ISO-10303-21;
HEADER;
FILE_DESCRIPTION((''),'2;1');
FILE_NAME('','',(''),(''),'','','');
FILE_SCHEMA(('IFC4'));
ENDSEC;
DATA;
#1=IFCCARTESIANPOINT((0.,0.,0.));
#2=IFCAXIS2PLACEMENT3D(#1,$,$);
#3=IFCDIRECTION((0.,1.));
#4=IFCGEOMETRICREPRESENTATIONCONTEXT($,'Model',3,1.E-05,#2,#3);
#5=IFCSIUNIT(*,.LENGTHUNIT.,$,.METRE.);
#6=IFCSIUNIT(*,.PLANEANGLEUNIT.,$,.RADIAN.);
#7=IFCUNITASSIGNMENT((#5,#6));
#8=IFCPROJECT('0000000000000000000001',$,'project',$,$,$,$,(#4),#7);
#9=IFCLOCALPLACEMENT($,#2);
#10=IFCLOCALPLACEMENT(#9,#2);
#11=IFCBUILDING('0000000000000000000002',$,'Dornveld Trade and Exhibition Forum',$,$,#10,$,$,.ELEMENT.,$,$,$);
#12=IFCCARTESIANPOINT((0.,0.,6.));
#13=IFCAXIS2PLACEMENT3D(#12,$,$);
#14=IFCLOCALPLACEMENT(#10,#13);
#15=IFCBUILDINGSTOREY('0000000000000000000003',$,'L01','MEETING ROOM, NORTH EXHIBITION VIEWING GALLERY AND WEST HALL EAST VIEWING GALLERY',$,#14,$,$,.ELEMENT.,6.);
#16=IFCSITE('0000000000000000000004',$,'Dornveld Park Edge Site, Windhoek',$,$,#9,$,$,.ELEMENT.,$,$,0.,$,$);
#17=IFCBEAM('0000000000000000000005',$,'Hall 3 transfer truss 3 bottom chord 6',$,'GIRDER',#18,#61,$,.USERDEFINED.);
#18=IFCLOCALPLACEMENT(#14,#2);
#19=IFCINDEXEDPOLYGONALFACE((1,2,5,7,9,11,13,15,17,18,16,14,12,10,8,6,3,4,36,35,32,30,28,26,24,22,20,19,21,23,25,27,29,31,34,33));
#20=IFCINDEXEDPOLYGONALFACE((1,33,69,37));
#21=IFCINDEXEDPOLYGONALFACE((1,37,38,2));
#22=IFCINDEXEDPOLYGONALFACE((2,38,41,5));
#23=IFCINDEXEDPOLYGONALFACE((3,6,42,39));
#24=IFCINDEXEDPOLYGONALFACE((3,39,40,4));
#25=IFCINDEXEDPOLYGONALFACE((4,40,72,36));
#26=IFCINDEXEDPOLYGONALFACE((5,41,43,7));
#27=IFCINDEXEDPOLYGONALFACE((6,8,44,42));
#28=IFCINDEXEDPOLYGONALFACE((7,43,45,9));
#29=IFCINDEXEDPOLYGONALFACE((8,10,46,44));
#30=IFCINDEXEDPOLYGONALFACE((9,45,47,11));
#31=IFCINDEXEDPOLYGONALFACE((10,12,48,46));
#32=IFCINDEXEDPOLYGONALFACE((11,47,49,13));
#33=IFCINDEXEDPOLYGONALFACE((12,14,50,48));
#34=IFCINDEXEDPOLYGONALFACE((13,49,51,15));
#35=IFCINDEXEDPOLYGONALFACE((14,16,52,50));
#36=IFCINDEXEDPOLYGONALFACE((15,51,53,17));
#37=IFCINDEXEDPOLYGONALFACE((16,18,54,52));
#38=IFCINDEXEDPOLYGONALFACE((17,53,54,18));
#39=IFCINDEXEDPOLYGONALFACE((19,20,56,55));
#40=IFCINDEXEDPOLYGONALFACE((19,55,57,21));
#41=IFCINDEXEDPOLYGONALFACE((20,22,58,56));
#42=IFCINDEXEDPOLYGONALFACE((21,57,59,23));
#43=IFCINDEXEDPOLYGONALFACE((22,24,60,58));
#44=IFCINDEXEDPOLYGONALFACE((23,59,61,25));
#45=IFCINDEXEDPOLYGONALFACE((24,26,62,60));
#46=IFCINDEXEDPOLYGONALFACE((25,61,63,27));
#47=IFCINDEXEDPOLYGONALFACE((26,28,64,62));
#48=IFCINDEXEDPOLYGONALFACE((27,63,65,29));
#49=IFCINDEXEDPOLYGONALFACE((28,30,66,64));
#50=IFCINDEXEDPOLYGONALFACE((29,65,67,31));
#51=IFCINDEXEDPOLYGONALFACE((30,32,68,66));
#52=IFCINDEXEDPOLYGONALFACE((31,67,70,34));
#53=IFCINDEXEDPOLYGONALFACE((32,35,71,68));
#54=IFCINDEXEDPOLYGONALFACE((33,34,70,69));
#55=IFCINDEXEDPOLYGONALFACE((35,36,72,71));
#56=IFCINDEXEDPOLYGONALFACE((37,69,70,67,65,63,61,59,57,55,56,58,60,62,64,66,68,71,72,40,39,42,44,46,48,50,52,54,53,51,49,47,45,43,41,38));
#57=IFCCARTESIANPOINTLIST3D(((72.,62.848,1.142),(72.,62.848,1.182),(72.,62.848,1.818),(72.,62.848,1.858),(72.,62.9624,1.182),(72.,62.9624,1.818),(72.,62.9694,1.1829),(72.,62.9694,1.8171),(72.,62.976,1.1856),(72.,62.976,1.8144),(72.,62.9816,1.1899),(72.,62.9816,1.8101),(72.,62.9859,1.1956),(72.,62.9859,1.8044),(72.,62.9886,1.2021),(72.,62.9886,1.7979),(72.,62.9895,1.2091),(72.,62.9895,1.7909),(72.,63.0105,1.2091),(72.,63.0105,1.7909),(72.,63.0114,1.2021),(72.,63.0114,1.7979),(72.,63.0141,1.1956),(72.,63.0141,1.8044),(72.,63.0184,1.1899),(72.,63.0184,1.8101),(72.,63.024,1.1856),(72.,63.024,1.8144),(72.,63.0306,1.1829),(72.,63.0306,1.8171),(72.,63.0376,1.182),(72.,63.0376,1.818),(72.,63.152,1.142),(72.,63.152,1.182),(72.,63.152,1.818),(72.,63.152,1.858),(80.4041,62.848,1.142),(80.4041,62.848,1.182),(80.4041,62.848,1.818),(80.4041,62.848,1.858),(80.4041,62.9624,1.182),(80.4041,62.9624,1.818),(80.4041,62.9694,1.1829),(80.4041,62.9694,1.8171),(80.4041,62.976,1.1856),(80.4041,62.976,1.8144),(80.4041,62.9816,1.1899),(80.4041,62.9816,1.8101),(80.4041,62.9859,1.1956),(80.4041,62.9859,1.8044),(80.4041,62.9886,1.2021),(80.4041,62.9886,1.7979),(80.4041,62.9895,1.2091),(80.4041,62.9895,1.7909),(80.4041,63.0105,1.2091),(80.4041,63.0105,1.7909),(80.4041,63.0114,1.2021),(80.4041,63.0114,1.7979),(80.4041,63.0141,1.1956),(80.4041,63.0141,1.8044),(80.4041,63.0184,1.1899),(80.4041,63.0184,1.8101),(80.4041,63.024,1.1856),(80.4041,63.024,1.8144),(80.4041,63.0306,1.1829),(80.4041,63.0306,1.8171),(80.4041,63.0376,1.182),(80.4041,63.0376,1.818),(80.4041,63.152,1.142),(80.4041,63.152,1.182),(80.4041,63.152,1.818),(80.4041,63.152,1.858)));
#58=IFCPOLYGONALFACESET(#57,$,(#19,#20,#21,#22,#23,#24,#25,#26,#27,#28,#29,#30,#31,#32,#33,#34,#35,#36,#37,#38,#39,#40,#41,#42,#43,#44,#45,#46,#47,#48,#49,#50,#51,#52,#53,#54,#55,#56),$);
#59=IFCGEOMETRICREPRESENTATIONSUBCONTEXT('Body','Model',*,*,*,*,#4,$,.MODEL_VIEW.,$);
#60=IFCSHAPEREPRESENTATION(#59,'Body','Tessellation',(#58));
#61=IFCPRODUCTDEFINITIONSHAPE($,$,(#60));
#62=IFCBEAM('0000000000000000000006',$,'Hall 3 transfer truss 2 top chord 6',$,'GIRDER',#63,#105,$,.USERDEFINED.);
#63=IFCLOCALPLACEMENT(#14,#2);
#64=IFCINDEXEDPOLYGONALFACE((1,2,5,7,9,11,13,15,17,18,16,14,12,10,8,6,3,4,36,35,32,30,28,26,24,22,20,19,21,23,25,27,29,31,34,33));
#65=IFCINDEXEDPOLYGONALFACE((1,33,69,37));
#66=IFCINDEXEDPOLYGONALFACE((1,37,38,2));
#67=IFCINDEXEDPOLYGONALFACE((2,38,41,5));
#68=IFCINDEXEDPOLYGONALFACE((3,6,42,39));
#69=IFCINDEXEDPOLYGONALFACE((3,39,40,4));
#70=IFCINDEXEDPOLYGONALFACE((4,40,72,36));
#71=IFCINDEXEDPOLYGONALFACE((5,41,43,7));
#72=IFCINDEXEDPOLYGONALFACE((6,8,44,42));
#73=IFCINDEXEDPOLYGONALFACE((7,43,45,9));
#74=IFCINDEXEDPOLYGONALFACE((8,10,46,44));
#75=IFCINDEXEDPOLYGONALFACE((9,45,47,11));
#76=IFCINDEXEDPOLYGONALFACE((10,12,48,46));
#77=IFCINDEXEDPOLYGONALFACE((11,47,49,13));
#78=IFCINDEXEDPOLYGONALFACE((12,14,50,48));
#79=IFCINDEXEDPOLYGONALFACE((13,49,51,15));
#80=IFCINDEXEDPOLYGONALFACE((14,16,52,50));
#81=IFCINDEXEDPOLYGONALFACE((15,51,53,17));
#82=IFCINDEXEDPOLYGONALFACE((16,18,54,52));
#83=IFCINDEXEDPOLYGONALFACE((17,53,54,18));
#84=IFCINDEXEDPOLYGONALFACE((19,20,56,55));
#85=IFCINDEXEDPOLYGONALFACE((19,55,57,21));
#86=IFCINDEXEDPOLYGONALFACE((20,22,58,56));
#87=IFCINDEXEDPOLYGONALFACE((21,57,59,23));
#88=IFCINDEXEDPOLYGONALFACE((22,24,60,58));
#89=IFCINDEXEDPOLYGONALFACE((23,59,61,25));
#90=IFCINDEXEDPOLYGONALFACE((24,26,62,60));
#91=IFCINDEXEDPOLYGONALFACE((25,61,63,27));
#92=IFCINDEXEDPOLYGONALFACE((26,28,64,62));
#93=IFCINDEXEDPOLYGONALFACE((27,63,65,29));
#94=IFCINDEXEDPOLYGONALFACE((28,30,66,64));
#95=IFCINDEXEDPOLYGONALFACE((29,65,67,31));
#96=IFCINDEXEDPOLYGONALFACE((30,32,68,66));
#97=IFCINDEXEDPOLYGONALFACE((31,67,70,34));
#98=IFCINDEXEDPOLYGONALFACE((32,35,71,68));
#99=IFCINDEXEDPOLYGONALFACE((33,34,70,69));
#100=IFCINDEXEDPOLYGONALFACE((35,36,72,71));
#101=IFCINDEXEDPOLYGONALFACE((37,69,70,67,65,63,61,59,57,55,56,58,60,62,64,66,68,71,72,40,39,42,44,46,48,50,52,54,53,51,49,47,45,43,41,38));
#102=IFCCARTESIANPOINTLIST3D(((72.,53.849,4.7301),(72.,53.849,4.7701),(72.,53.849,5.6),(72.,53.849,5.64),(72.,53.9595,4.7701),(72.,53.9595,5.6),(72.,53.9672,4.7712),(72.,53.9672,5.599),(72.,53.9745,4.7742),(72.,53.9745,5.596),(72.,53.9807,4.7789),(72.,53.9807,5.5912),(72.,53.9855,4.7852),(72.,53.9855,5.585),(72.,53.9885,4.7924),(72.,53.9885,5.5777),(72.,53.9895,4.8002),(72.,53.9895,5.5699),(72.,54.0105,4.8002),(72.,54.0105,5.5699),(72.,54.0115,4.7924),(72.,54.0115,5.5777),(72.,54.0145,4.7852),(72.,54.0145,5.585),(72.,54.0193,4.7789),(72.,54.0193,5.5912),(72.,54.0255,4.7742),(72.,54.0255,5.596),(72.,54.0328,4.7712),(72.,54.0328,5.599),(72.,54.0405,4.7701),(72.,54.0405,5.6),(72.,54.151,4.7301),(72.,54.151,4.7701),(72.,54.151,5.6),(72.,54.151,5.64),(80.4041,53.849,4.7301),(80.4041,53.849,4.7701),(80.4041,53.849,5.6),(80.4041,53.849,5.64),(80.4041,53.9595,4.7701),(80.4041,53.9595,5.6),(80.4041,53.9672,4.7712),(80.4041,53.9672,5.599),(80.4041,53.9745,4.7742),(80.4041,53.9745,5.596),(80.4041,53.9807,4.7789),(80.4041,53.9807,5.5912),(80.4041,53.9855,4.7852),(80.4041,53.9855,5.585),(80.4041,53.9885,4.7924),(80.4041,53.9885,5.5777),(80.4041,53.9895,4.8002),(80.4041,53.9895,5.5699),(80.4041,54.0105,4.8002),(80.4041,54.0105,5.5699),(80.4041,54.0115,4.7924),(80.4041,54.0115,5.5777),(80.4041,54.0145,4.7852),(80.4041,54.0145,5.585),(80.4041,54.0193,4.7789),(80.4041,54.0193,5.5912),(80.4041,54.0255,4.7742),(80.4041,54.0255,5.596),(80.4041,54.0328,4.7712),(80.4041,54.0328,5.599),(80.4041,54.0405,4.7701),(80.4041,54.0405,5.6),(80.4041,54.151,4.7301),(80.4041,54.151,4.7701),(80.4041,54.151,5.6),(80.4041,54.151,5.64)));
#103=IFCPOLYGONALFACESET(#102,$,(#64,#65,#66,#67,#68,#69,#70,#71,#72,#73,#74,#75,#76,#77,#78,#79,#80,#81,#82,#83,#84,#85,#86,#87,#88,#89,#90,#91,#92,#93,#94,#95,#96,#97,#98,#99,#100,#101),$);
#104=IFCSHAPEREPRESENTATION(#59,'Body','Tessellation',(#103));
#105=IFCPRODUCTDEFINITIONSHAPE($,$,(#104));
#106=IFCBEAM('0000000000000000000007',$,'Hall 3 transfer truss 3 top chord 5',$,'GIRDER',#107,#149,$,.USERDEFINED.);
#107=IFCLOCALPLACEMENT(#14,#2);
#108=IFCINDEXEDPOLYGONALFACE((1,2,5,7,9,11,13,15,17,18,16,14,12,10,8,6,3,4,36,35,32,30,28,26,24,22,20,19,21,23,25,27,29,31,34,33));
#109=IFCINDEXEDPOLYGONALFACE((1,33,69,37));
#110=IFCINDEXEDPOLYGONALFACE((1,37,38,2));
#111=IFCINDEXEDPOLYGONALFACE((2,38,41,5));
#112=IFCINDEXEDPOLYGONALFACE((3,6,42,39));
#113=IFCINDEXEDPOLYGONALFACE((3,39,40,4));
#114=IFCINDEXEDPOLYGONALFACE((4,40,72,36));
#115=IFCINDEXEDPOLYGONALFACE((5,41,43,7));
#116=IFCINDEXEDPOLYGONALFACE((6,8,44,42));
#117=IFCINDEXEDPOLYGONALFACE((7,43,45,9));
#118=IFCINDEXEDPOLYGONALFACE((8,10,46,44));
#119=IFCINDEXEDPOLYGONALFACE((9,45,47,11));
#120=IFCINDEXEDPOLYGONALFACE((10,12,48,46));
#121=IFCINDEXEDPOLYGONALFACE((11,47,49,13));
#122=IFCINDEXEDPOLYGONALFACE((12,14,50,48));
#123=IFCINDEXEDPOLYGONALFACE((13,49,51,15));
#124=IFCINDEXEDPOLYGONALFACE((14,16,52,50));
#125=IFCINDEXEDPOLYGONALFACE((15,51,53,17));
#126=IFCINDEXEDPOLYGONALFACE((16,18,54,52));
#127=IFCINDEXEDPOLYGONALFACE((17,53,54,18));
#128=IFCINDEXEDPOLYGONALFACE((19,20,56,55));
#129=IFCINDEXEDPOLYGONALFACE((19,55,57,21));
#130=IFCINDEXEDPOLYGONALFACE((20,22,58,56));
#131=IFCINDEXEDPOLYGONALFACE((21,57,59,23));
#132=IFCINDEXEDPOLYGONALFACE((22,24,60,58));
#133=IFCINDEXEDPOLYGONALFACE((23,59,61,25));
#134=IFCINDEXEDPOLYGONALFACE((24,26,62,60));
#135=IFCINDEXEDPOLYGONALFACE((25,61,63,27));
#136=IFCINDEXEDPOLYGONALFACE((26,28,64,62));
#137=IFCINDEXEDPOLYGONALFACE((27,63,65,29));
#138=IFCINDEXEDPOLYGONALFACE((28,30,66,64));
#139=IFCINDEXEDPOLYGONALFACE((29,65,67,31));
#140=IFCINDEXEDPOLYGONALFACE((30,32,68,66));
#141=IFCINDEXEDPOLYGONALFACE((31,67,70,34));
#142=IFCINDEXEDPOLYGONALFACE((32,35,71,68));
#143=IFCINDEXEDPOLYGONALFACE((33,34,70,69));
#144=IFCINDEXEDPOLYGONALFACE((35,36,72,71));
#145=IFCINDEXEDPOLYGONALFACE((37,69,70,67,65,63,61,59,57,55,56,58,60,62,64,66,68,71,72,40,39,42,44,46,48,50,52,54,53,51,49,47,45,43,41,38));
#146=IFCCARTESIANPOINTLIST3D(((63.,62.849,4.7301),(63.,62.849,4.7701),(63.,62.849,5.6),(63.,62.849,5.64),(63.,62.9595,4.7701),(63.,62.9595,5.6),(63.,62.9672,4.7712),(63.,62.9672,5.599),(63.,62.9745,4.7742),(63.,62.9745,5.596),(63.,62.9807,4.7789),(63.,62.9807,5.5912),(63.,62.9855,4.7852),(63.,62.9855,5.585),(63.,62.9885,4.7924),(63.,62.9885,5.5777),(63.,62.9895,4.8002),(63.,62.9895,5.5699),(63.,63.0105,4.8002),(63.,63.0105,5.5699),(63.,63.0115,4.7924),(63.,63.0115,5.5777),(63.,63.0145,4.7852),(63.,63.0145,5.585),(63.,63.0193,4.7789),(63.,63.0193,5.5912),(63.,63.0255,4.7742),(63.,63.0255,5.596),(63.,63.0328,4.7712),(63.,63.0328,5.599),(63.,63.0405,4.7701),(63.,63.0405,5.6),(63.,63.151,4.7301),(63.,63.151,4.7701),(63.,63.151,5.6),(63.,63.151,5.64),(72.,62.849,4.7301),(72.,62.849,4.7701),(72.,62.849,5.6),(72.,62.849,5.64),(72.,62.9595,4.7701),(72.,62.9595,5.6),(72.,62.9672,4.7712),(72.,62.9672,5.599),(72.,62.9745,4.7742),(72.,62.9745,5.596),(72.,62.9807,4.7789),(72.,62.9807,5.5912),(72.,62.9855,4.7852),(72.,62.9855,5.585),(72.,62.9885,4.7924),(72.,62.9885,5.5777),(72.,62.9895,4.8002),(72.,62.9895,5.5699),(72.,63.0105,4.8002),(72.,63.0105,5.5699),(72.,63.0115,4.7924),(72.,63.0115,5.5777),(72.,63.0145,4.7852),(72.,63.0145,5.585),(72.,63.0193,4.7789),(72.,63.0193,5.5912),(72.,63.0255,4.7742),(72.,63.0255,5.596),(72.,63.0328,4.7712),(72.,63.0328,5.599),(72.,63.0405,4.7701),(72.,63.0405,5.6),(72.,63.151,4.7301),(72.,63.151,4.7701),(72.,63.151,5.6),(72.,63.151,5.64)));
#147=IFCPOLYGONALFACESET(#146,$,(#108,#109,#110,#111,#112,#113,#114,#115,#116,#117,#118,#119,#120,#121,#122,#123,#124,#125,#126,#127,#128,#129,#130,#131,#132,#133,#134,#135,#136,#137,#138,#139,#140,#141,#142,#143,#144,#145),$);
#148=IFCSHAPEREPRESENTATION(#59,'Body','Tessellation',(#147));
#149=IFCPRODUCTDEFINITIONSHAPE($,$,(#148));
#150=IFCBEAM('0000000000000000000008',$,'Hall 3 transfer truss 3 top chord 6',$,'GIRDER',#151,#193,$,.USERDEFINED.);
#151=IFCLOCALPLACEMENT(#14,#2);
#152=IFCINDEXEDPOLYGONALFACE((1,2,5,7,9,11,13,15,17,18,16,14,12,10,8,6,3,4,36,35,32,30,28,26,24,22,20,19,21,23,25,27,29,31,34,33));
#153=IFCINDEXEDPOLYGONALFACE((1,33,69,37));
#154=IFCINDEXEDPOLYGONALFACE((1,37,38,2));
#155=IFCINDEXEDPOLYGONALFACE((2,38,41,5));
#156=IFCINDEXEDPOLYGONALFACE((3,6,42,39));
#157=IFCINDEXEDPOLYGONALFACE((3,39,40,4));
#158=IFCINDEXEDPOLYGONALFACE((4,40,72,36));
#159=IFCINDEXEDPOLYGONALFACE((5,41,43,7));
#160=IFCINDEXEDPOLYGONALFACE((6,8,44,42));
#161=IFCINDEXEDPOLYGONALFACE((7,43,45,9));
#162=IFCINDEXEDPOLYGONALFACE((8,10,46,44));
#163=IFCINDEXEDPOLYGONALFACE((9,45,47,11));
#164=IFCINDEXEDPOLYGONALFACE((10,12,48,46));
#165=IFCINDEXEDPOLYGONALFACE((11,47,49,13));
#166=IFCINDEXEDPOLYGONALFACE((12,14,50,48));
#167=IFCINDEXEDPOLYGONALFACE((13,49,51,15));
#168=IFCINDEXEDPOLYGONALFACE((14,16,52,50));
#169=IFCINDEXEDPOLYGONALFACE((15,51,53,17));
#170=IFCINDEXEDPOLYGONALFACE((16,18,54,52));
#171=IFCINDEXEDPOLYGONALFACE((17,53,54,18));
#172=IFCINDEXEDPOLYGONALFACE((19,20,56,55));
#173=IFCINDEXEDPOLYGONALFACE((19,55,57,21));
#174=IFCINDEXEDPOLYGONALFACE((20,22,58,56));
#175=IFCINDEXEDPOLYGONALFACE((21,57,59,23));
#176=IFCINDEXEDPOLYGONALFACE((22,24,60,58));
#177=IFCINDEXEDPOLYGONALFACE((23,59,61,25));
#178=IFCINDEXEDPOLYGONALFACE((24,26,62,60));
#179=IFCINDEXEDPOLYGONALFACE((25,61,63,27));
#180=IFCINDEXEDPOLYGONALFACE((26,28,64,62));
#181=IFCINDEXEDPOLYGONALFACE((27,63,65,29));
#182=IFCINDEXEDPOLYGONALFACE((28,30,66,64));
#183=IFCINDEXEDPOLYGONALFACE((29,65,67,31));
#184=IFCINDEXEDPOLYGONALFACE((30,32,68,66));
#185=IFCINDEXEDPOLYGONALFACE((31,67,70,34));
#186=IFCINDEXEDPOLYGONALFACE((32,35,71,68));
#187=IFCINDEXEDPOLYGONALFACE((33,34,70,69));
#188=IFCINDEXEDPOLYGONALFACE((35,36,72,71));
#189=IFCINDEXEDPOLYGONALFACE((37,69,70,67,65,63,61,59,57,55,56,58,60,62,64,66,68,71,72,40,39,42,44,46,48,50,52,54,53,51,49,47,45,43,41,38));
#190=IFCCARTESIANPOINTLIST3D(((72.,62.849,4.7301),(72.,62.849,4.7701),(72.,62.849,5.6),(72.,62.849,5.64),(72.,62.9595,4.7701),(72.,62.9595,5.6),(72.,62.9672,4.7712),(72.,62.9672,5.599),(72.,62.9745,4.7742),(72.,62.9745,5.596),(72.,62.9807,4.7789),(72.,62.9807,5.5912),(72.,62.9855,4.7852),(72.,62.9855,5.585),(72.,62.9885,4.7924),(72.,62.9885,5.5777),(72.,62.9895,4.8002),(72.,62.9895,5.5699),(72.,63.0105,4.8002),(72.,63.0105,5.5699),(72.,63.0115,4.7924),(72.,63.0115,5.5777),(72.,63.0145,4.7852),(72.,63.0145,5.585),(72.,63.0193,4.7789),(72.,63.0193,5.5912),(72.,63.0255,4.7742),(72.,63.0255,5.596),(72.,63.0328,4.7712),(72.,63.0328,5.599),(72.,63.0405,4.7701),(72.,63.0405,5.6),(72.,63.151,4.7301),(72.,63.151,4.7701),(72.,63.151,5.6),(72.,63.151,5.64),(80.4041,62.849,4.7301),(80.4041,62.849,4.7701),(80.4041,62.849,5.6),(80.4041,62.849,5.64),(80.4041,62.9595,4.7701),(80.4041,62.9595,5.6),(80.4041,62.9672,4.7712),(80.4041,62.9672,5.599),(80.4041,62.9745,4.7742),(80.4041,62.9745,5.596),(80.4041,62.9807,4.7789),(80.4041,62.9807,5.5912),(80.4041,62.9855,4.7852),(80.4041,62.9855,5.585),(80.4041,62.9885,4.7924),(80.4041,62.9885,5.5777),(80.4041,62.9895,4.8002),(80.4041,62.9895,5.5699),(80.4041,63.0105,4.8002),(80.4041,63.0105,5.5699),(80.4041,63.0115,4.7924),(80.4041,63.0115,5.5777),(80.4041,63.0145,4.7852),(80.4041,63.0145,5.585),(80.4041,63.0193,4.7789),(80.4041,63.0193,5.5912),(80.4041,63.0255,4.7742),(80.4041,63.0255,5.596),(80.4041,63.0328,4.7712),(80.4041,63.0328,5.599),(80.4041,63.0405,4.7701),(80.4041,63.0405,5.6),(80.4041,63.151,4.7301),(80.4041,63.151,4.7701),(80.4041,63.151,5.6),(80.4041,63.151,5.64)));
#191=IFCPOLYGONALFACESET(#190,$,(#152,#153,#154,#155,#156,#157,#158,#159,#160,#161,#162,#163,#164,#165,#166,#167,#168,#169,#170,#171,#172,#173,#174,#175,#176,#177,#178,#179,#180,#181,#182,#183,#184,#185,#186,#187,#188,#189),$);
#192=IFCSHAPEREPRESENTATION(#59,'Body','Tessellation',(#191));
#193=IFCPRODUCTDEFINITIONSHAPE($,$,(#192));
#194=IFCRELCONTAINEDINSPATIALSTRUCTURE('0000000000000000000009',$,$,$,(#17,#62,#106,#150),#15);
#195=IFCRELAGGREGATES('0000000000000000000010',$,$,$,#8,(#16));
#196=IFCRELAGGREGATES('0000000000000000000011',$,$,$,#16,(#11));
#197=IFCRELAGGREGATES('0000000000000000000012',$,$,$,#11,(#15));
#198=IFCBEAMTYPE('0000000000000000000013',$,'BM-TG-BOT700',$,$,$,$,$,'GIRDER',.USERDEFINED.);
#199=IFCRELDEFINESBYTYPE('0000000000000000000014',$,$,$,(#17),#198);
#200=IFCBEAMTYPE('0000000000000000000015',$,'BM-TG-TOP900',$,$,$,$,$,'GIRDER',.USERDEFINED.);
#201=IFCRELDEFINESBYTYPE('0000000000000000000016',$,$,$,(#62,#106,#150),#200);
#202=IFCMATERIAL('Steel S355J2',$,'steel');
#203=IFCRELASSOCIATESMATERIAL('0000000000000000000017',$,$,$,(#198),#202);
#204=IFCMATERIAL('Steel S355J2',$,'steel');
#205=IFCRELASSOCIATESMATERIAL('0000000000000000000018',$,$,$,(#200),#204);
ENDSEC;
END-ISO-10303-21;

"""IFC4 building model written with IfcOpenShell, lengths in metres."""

from ifc_helpers import new_model, si_unit, direction, frame, origin, origin_2d, place, context, subcontext, project, spatial, i_section, extrude, material, material_profile, profile_set, type_object, element, save


model = new_model("IFC4")

# Units and contexts
model_context = context("Model", 3, precision=1e-05, world=origin(), true_north=direction((0.0, 1.0)))
body_context = subcontext(model_context, "Body", "Model", "MODEL_VIEW")
ifc_project = project(units=[si_unit("LENGTHUNIT", "METRE"), si_unit("PLANEANGLEUNIT", "RADIAN")], contexts=[model_context])

# Site, building, storey
site_placement = place(None, origin())
site = spatial("IfcSite", under=ifc_project, at=site_placement, Name="Dornveld Park Edge Site, Windhoek", CompositionType="ELEMENT", RefElevation=0.0)
building_placement = place(site_placement, origin())
building = spatial("IfcBuilding", under=site, at=building_placement, Name="Dornveld Trade and Exhibition Forum", CompositionType="ELEMENT")
storey_placement = place(building_placement, frame((0.0, 0.0, 6.0)))
storey = spatial("IfcBuildingStorey", under=building, at=storey_placement, Name="L01", Description="MEETING ROOM, NORTH EXHIBITION VIEWING GALLERY AND WEST HALL EAST VIEWING GALLERY", CompositionType="ELEMENT", Elevation=6.0)

# Beams
ifc_material_1 = material(Name="Steel S355J2", Category="steel")
ifc_material_profile_1 = material_profile(ifc_material_1, i_section(OverallWidth=0.304, OverallDepth=0.7161, WebThickness=0.021, FlangeThickness=0.04, FilletRadius=0.0271, at=origin_2d()), Name="HEM 700")
ifc_profile_set_1 = profile_set([ifc_material_profile_1], Name="Steel S355J2")
beam_type_1 = type_object("IfcBeamType", Name="BM-TG-BOT700", ElementType="GIRDER", PredefinedType="USERDEFINED", material=ifc_profile_set_1)
beam_1_placement = place(storey_placement, frame((72.0, 63.0, 1.5), z_axis=(1.0, 0.0, 0.0), x_axis=(0.0, 1.0, 0.0)))
element("IfcBeam", 1, at=beam_1_placement, inside=storey, type_object=beam_type_1, Name="Hall 3 transfer truss 3 bottom chord 6", ObjectType="GIRDER", PredefinedType="USERDEFINED", context=body_context, shape_type="SweptSolid", body=[
    extrude(i_section(OverallWidth=0.304, OverallDepth=0.7161, WebThickness=0.021, FlangeThickness=0.04, FilletRadius=0.0271, at=origin_2d()), origin(), (0.0, 0.0, 1.0), 8.4041),
])
ifc_material_2 = material(Name="Steel S355J2", Category="steel")
ifc_material_profile_2 = material_profile(ifc_material_2, i_section(OverallWidth=0.302, OverallDepth=0.9099, WebThickness=0.021, FlangeThickness=0.04, FilletRadius=0.03, at=origin_2d()), Name="HEM 900")
ifc_profile_set_2 = profile_set([ifc_material_profile_2], Name="Steel S355J2")
beam_type_2 = type_object("IfcBeamType", Name="BM-TG-TOP900", ElementType="GIRDER", PredefinedType="USERDEFINED", material=ifc_profile_set_2)
beam_2_placement = place(storey_placement, frame((72.0, 54.0, 5.1851), z_axis=(1.0, 0.0, 0.0), x_axis=(0.0, 1.0, 0.0)))
element("IfcBeam", 2, at=beam_2_placement, inside=storey, type_object=beam_type_2, Name="Hall 3 transfer truss 2 top chord 6", ObjectType="GIRDER", PredefinedType="USERDEFINED", context=body_context, shape_type="SweptSolid", body=[
    extrude(i_section(OverallWidth=0.302, OverallDepth=0.9099, WebThickness=0.021, FlangeThickness=0.04, FilletRadius=0.03, at=origin_2d()), origin(), (0.0, 0.0, 1.0), 8.4041),
])
beam_3_placement = place(storey_placement, frame((63.0, 63.0, 5.1851), z_axis=(1.0, 0.0, 0.0), x_axis=(0.0, 1.0, 0.0)))
element("IfcBeam", 3, at=beam_3_placement, inside=storey, type_object=beam_type_2, Name="Hall 3 transfer truss 3 top chord 5", ObjectType="GIRDER", PredefinedType="USERDEFINED", context=body_context, shape_type="SweptSolid", body=[
    extrude(i_section(OverallWidth=0.302, OverallDepth=0.9099, WebThickness=0.021, FlangeThickness=0.04, FilletRadius=0.03, at=origin_2d()), origin(), (0.0, 0.0, 1.0), 9.0),
])
beam_4_placement = place(storey_placement, frame((72.0, 63.0, 5.1851), z_axis=(1.0, 0.0, 0.0), x_axis=(0.0, 1.0, 0.0)))
element("IfcBeam", 4, at=beam_4_placement, inside=storey, type_object=beam_type_2, Name="Hall 3 transfer truss 3 top chord 6", ObjectType="GIRDER", PredefinedType="USERDEFINED", context=body_context, shape_type="SweptSolid", body=[
    extrude(i_section(OverallWidth=0.302, OverallDepth=0.9099, WebThickness=0.021, FlangeThickness=0.04, FilletRadius=0.03, at=origin_2d()), origin(), (0.0, 0.0, 1.0), 8.4041),
])

save(model, "model.ifc")
